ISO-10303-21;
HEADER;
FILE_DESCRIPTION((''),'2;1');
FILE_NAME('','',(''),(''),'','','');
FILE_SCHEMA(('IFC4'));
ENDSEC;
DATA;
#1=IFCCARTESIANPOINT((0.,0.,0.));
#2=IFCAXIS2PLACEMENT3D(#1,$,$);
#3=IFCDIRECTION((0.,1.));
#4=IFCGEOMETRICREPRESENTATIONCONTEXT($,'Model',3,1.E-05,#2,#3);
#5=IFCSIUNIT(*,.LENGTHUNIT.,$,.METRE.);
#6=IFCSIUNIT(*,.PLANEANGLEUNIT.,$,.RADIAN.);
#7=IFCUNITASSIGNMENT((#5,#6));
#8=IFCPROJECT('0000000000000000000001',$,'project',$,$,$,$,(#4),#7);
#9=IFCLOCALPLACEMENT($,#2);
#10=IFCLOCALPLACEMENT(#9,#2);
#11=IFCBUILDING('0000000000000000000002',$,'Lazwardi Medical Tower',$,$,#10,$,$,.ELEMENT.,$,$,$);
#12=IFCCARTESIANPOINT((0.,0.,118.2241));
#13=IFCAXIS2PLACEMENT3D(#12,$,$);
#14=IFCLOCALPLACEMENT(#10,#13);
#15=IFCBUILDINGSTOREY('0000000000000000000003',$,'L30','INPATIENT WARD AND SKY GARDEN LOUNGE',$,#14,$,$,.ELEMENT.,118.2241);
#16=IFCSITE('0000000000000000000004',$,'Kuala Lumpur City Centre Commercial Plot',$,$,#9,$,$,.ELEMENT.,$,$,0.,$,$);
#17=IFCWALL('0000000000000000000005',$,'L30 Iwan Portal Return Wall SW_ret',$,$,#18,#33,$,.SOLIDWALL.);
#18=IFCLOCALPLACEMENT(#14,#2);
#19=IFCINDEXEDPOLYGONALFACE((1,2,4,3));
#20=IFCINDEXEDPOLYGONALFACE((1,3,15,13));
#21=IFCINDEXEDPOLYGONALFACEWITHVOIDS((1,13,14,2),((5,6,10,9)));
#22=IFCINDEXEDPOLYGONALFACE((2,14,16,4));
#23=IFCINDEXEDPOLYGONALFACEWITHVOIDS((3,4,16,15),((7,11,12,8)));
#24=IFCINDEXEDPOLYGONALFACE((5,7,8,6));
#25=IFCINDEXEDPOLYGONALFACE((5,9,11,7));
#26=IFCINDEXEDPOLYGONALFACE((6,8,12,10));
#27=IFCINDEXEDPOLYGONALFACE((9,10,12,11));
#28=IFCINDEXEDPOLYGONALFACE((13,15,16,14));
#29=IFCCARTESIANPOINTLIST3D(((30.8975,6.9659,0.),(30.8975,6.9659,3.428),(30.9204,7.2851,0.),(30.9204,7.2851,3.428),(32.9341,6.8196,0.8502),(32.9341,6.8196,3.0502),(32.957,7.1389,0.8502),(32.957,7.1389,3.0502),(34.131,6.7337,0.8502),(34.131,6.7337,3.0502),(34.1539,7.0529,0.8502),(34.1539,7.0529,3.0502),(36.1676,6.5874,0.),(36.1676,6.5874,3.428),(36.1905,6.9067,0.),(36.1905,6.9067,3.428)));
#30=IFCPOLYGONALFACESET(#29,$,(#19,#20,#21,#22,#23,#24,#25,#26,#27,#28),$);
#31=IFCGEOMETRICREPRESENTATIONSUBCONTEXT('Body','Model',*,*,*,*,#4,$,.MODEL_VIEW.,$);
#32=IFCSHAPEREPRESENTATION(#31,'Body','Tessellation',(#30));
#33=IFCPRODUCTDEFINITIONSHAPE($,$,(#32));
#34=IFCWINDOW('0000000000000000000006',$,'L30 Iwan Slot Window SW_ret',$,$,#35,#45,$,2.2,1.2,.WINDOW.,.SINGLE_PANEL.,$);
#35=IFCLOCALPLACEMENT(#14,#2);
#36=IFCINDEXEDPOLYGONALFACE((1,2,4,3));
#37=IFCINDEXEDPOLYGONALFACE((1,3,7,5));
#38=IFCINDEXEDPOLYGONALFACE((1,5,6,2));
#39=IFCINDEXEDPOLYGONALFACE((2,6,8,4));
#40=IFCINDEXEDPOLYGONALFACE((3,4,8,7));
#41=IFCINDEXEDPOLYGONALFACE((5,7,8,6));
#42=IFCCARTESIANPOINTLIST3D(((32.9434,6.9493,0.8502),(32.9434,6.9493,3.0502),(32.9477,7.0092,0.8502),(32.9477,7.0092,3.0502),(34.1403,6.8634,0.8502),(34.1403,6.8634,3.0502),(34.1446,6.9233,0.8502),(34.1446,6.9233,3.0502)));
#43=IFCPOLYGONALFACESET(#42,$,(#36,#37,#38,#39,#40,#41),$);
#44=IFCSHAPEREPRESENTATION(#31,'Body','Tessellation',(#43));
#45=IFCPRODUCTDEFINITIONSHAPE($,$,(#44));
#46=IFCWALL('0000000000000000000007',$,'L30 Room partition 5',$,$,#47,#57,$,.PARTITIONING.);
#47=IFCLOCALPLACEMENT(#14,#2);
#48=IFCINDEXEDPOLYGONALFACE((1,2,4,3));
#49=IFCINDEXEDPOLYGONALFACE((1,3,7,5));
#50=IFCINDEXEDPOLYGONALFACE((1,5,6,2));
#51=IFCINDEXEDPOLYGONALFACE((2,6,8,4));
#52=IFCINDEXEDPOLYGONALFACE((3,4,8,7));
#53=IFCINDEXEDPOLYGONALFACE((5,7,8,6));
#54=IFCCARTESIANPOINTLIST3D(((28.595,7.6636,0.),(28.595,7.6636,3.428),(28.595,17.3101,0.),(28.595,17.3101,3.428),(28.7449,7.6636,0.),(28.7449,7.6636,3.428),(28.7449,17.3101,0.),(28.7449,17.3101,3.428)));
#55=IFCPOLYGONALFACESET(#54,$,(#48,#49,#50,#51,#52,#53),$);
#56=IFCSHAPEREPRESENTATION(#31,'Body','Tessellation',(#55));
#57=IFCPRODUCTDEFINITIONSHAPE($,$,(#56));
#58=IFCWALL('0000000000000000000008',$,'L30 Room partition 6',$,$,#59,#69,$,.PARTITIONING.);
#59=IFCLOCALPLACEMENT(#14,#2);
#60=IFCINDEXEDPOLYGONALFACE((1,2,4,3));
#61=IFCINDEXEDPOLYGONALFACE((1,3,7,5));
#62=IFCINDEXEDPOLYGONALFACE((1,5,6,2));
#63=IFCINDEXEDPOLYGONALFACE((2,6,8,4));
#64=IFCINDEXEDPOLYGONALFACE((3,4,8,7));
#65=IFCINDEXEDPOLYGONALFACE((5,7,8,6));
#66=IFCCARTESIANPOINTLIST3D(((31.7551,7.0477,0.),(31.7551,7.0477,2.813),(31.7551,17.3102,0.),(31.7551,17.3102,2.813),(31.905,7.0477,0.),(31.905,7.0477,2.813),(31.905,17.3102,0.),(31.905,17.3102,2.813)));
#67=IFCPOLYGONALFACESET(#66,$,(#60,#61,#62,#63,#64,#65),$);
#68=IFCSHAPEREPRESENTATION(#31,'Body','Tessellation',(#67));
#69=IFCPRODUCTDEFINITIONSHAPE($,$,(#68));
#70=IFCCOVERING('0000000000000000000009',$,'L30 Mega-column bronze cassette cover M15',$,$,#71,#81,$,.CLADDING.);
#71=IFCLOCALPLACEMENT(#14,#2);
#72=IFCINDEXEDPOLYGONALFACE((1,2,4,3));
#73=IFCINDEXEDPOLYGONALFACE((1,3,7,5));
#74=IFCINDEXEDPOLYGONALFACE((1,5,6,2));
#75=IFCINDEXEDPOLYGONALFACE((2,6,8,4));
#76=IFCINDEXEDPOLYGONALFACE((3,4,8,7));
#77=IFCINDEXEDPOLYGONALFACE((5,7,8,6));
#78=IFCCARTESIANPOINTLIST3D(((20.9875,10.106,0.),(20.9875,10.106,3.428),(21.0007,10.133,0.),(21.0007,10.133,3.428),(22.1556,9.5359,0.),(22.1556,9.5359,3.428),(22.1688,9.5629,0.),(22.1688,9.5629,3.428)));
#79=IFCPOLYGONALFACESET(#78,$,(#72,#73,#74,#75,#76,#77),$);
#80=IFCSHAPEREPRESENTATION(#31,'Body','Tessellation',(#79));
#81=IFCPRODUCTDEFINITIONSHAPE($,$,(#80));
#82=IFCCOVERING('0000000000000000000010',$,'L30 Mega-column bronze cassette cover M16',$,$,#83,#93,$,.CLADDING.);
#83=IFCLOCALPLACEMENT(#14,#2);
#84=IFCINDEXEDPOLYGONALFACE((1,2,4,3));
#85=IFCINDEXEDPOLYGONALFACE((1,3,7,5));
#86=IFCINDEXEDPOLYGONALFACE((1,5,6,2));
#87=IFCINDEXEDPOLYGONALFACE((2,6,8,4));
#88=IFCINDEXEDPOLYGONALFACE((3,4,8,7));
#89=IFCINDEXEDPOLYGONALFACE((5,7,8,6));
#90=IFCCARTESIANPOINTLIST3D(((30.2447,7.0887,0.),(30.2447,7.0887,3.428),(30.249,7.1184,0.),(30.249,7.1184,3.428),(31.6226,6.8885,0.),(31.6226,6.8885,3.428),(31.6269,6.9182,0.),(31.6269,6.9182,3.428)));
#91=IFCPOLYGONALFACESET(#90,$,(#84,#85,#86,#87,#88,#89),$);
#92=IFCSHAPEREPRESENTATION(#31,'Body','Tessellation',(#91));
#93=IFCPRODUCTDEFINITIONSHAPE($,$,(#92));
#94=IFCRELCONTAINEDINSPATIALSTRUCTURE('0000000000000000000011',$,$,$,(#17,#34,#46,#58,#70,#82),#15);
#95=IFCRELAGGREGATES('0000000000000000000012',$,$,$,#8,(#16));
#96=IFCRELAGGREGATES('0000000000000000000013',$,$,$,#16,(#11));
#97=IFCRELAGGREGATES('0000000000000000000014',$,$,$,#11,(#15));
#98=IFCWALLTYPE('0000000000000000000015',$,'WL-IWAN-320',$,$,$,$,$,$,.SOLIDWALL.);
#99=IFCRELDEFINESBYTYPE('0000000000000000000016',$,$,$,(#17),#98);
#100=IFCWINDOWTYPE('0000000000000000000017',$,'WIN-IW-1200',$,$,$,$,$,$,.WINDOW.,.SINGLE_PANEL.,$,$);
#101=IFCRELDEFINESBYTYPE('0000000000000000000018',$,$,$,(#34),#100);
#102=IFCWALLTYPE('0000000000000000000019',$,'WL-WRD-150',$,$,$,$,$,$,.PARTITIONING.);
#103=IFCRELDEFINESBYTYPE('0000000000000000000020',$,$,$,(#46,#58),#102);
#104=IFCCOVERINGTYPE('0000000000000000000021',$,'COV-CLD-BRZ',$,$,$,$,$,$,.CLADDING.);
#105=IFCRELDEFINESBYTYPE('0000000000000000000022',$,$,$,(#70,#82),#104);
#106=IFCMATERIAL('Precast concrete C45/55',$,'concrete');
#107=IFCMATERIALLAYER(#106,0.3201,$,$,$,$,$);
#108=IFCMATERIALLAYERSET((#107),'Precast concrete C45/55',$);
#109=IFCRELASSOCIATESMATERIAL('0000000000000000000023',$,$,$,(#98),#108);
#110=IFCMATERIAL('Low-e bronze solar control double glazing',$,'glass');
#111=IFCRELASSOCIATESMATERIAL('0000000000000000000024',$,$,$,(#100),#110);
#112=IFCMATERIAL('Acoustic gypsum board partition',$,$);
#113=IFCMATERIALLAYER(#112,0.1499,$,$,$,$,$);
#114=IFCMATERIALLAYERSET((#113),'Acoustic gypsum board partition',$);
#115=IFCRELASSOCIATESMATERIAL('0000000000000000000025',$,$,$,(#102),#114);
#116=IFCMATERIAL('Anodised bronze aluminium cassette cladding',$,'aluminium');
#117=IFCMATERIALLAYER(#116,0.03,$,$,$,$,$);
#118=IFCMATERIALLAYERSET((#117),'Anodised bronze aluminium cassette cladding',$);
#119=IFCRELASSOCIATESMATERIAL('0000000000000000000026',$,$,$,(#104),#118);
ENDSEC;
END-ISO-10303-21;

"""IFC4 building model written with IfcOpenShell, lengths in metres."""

from ifc_helpers import new_model, si_unit, direction, frame, frame_2d, origin, origin_2d, place, context, subcontext, project, spatial, rectangle, extrude, material, layer, layer_set, type_object, element, fill, save


model = new_model("IFC4")

# Units and contexts
model_context = context("Model", 3, precision=1e-05, world=origin(), true_north=direction((0.0, 1.0)))
body_context = subcontext(model_context, "Body", "Model", "MODEL_VIEW")
ifc_project = project(units=[si_unit("LENGTHUNIT", "METRE"), si_unit("PLANEANGLEUNIT", "RADIAN")], contexts=[model_context])

# Site, building, storey
site_placement = place(None, origin())
site = spatial("IfcSite", under=ifc_project, at=site_placement, Name="Kuala Lumpur City Centre Commercial Plot", CompositionType="ELEMENT", RefElevation=0.0)
building_placement = place(site_placement, origin())
building = spatial("IfcBuilding", under=site, at=building_placement, Name="Lazwardi Medical Tower", CompositionType="ELEMENT")
storey_placement = place(building_placement, frame((0.0, 0.0, 118.2241)))
storey = spatial("IfcBuildingStorey", under=building, at=storey_placement, Name="L30", Description="INPATIENT WARD AND SKY GARDEN LOUNGE", CompositionType="ELEMENT", Elevation=118.2241)

# Shared definitions
ifc_material_1 = material(Name="Low-e bronze solar control double glazing", Category="glass")

# Wall, opening, window
ifc_material_2 = material(Name="Precast concrete C45/55", Category="concrete")
ifc_layer_1 = layer(ifc_material_2, 0.3201)
ifc_layer_set_1 = layer_set([ifc_layer_1], Name="Precast concrete C45/55")
wall_type_1 = type_object("IfcWallType", Name="WL-IWAN-320", PredefinedType="SOLIDWALL", material=ifc_layer_set_1)
wall_1_placement = place(storey_placement, frame((30.9089, 7.1255, 0.0), z_axis=(0.0, 0.0, 1.0), x_axis=(0.997432, -0.071621, 0.0)))
wall_1 = element("IfcWall", 1, at=wall_1_placement, inside=storey, type_object=wall_type_1, Name="L30 Iwan Portal Return Wall SW_ret", PredefinedType="SOLIDWALL", context=body_context, shape_type="SweptSolid", body=[
    extrude(rectangle(XDim=5.2837, YDim=0.3201, at=frame_2d((2.6418, 0.0))), origin(), (0.0, 0.0, 1.0), 3.428),
])
opening_placement = place(wall_1_placement, frame((2.0417, 0.0, 0.8501)))
opening = element("IfcOpeningElement", 2, at=opening_placement, cuts=wall_1, PredefinedType="OPENING", context=body_context, shape_type="SweptSolid", body=[
    extrude(rectangle(XDim=1.2, YDim=2.2, at=frame_2d((0.6001, 1.1001))), frame((0.0, 0.1699, 0.0), z_axis=(0.0, -1.0, 0.0), x_axis=(1.0, 0.0, 0.0)), (0.0, 0.0, 1.0), 0.3401),
])
window_type = type_object("IfcWindowType", Name="WIN-IW-1200", PartitioningType="SINGLE_PANEL", PredefinedType="WINDOW", material=ifc_material_1)
window_placement = place(opening_placement, origin())
window = element("IfcWindow", 3, at=window_placement, inside=storey, type_object=window_type, Name="L30 Iwan Slot Window SW_ret", OverallHeight=2.2, OverallWidth=1.2, PartitioningType="SINGLE_PANEL", PredefinedType="WINDOW", context=body_context, shape_type="SweptSolid", body=[
    extrude(rectangle(XDim=1.2, YDim=2.2, at=frame_2d((0.6001, 1.1001))), frame((0.0, 0.03, 0.0), z_axis=(0.0, -1.0, 0.0), x_axis=(1.0, 0.0, 0.0)), (0.0, 0.0, 1.0), 0.0601),
])
fill(opening, window)

# Walls
ifc_material_3 = material(Name="Acoustic gypsum board partition")
ifc_layer_2 = layer(ifc_material_3, 0.1499)
ifc_layer_set_2 = layer_set([ifc_layer_2], Name="Acoustic gypsum board partition")
wall_type_2 = type_object("IfcWallType", Name="WL-WRD-150", PredefinedType="PARTITIONING", material=ifc_layer_set_2)
wall_2_placement = place(storey_placement, frame((28.6699, 7.6636, 0.0), z_axis=(0.0, 0.0, 1.0), x_axis=(0.0, 1.0, 0.0)))
element("IfcWall", 4, at=wall_2_placement, inside=storey, type_object=wall_type_2, Name="L30 Room partition 5", PredefinedType="PARTITIONING", context=body_context, shape_type="SweptSolid", body=[
    extrude(rectangle(XDim=9.6465, YDim=0.1499, at=frame_2d((4.8232, 0.0))), origin(), (0.0, 0.0, 1.0), 3.428),
])
wall_3_placement = place(storey_placement, frame((31.8301, 7.0476, 0.0), z_axis=(0.0, 0.0, 1.0), x_axis=(0.0, 1.0, 0.0)))
element("IfcWall", 5, at=wall_3_placement, inside=storey, type_object=wall_type_2, Name="L30 Room partition 6", PredefinedType="PARTITIONING", context=body_context, shape_type="SweptSolid", body=[
    extrude(rectangle(XDim=10.2625, YDim=0.1499, at=frame_2d((5.1313, 0.0))), origin(), (0.0, 0.0, 1.0), 2.813),
])

# Coverings
ifc_material_4 = material(Name="Anodised bronze aluminium cassette cladding", Category="aluminium")
ifc_layer_3 = layer(ifc_material_4, 0.03)
ifc_layer_set_3 = layer_set([ifc_layer_3], Name="Anodised bronze aluminium cassette cladding")
covering_type = type_object("IfcCoveringType", Name="COV-CLD-BRZ", PredefinedType="CLADDING", material=ifc_layer_set_3)
covering_1_placement = place(storey_placement, frame((21.5781, 9.8345, 0.0), z_axis=(0.0, 0.0, 1.0), x_axis=(0.898679, -0.438606, 0.0)))
element("IfcCovering", 6, at=covering_1_placement, inside=storey, type_object=covering_type, Name="L30 Mega-column bronze cassette cover M15", PredefinedType="CLADDING", context=body_context, shape_type="SweptSolid", body=[
    extrude(rectangle(XDim=1.2998, YDim=0.03, at=origin_2d()), origin(), (0.0, 0.0, 1.0), 3.428),
])
covering_2_placement = place(storey_placement, frame((30.9358, 7.0034, 0.0), z_axis=(0.0, 0.0, 1.0), x_axis=(0.989609, -0.143785, 0.0)))
element("IfcCovering", 7, at=covering_2_placement, inside=storey, type_object=covering_type, Name="L30 Mega-column bronze cassette cover M16", PredefinedType="CLADDING", context=body_context, shape_type="SweptSolid", body=[
    extrude(rectangle(XDim=1.3923, YDim=0.03, at=origin_2d()), origin(), (0.0, 0.0, 1.0), 3.428),
])

save(model, "model.ifc")
